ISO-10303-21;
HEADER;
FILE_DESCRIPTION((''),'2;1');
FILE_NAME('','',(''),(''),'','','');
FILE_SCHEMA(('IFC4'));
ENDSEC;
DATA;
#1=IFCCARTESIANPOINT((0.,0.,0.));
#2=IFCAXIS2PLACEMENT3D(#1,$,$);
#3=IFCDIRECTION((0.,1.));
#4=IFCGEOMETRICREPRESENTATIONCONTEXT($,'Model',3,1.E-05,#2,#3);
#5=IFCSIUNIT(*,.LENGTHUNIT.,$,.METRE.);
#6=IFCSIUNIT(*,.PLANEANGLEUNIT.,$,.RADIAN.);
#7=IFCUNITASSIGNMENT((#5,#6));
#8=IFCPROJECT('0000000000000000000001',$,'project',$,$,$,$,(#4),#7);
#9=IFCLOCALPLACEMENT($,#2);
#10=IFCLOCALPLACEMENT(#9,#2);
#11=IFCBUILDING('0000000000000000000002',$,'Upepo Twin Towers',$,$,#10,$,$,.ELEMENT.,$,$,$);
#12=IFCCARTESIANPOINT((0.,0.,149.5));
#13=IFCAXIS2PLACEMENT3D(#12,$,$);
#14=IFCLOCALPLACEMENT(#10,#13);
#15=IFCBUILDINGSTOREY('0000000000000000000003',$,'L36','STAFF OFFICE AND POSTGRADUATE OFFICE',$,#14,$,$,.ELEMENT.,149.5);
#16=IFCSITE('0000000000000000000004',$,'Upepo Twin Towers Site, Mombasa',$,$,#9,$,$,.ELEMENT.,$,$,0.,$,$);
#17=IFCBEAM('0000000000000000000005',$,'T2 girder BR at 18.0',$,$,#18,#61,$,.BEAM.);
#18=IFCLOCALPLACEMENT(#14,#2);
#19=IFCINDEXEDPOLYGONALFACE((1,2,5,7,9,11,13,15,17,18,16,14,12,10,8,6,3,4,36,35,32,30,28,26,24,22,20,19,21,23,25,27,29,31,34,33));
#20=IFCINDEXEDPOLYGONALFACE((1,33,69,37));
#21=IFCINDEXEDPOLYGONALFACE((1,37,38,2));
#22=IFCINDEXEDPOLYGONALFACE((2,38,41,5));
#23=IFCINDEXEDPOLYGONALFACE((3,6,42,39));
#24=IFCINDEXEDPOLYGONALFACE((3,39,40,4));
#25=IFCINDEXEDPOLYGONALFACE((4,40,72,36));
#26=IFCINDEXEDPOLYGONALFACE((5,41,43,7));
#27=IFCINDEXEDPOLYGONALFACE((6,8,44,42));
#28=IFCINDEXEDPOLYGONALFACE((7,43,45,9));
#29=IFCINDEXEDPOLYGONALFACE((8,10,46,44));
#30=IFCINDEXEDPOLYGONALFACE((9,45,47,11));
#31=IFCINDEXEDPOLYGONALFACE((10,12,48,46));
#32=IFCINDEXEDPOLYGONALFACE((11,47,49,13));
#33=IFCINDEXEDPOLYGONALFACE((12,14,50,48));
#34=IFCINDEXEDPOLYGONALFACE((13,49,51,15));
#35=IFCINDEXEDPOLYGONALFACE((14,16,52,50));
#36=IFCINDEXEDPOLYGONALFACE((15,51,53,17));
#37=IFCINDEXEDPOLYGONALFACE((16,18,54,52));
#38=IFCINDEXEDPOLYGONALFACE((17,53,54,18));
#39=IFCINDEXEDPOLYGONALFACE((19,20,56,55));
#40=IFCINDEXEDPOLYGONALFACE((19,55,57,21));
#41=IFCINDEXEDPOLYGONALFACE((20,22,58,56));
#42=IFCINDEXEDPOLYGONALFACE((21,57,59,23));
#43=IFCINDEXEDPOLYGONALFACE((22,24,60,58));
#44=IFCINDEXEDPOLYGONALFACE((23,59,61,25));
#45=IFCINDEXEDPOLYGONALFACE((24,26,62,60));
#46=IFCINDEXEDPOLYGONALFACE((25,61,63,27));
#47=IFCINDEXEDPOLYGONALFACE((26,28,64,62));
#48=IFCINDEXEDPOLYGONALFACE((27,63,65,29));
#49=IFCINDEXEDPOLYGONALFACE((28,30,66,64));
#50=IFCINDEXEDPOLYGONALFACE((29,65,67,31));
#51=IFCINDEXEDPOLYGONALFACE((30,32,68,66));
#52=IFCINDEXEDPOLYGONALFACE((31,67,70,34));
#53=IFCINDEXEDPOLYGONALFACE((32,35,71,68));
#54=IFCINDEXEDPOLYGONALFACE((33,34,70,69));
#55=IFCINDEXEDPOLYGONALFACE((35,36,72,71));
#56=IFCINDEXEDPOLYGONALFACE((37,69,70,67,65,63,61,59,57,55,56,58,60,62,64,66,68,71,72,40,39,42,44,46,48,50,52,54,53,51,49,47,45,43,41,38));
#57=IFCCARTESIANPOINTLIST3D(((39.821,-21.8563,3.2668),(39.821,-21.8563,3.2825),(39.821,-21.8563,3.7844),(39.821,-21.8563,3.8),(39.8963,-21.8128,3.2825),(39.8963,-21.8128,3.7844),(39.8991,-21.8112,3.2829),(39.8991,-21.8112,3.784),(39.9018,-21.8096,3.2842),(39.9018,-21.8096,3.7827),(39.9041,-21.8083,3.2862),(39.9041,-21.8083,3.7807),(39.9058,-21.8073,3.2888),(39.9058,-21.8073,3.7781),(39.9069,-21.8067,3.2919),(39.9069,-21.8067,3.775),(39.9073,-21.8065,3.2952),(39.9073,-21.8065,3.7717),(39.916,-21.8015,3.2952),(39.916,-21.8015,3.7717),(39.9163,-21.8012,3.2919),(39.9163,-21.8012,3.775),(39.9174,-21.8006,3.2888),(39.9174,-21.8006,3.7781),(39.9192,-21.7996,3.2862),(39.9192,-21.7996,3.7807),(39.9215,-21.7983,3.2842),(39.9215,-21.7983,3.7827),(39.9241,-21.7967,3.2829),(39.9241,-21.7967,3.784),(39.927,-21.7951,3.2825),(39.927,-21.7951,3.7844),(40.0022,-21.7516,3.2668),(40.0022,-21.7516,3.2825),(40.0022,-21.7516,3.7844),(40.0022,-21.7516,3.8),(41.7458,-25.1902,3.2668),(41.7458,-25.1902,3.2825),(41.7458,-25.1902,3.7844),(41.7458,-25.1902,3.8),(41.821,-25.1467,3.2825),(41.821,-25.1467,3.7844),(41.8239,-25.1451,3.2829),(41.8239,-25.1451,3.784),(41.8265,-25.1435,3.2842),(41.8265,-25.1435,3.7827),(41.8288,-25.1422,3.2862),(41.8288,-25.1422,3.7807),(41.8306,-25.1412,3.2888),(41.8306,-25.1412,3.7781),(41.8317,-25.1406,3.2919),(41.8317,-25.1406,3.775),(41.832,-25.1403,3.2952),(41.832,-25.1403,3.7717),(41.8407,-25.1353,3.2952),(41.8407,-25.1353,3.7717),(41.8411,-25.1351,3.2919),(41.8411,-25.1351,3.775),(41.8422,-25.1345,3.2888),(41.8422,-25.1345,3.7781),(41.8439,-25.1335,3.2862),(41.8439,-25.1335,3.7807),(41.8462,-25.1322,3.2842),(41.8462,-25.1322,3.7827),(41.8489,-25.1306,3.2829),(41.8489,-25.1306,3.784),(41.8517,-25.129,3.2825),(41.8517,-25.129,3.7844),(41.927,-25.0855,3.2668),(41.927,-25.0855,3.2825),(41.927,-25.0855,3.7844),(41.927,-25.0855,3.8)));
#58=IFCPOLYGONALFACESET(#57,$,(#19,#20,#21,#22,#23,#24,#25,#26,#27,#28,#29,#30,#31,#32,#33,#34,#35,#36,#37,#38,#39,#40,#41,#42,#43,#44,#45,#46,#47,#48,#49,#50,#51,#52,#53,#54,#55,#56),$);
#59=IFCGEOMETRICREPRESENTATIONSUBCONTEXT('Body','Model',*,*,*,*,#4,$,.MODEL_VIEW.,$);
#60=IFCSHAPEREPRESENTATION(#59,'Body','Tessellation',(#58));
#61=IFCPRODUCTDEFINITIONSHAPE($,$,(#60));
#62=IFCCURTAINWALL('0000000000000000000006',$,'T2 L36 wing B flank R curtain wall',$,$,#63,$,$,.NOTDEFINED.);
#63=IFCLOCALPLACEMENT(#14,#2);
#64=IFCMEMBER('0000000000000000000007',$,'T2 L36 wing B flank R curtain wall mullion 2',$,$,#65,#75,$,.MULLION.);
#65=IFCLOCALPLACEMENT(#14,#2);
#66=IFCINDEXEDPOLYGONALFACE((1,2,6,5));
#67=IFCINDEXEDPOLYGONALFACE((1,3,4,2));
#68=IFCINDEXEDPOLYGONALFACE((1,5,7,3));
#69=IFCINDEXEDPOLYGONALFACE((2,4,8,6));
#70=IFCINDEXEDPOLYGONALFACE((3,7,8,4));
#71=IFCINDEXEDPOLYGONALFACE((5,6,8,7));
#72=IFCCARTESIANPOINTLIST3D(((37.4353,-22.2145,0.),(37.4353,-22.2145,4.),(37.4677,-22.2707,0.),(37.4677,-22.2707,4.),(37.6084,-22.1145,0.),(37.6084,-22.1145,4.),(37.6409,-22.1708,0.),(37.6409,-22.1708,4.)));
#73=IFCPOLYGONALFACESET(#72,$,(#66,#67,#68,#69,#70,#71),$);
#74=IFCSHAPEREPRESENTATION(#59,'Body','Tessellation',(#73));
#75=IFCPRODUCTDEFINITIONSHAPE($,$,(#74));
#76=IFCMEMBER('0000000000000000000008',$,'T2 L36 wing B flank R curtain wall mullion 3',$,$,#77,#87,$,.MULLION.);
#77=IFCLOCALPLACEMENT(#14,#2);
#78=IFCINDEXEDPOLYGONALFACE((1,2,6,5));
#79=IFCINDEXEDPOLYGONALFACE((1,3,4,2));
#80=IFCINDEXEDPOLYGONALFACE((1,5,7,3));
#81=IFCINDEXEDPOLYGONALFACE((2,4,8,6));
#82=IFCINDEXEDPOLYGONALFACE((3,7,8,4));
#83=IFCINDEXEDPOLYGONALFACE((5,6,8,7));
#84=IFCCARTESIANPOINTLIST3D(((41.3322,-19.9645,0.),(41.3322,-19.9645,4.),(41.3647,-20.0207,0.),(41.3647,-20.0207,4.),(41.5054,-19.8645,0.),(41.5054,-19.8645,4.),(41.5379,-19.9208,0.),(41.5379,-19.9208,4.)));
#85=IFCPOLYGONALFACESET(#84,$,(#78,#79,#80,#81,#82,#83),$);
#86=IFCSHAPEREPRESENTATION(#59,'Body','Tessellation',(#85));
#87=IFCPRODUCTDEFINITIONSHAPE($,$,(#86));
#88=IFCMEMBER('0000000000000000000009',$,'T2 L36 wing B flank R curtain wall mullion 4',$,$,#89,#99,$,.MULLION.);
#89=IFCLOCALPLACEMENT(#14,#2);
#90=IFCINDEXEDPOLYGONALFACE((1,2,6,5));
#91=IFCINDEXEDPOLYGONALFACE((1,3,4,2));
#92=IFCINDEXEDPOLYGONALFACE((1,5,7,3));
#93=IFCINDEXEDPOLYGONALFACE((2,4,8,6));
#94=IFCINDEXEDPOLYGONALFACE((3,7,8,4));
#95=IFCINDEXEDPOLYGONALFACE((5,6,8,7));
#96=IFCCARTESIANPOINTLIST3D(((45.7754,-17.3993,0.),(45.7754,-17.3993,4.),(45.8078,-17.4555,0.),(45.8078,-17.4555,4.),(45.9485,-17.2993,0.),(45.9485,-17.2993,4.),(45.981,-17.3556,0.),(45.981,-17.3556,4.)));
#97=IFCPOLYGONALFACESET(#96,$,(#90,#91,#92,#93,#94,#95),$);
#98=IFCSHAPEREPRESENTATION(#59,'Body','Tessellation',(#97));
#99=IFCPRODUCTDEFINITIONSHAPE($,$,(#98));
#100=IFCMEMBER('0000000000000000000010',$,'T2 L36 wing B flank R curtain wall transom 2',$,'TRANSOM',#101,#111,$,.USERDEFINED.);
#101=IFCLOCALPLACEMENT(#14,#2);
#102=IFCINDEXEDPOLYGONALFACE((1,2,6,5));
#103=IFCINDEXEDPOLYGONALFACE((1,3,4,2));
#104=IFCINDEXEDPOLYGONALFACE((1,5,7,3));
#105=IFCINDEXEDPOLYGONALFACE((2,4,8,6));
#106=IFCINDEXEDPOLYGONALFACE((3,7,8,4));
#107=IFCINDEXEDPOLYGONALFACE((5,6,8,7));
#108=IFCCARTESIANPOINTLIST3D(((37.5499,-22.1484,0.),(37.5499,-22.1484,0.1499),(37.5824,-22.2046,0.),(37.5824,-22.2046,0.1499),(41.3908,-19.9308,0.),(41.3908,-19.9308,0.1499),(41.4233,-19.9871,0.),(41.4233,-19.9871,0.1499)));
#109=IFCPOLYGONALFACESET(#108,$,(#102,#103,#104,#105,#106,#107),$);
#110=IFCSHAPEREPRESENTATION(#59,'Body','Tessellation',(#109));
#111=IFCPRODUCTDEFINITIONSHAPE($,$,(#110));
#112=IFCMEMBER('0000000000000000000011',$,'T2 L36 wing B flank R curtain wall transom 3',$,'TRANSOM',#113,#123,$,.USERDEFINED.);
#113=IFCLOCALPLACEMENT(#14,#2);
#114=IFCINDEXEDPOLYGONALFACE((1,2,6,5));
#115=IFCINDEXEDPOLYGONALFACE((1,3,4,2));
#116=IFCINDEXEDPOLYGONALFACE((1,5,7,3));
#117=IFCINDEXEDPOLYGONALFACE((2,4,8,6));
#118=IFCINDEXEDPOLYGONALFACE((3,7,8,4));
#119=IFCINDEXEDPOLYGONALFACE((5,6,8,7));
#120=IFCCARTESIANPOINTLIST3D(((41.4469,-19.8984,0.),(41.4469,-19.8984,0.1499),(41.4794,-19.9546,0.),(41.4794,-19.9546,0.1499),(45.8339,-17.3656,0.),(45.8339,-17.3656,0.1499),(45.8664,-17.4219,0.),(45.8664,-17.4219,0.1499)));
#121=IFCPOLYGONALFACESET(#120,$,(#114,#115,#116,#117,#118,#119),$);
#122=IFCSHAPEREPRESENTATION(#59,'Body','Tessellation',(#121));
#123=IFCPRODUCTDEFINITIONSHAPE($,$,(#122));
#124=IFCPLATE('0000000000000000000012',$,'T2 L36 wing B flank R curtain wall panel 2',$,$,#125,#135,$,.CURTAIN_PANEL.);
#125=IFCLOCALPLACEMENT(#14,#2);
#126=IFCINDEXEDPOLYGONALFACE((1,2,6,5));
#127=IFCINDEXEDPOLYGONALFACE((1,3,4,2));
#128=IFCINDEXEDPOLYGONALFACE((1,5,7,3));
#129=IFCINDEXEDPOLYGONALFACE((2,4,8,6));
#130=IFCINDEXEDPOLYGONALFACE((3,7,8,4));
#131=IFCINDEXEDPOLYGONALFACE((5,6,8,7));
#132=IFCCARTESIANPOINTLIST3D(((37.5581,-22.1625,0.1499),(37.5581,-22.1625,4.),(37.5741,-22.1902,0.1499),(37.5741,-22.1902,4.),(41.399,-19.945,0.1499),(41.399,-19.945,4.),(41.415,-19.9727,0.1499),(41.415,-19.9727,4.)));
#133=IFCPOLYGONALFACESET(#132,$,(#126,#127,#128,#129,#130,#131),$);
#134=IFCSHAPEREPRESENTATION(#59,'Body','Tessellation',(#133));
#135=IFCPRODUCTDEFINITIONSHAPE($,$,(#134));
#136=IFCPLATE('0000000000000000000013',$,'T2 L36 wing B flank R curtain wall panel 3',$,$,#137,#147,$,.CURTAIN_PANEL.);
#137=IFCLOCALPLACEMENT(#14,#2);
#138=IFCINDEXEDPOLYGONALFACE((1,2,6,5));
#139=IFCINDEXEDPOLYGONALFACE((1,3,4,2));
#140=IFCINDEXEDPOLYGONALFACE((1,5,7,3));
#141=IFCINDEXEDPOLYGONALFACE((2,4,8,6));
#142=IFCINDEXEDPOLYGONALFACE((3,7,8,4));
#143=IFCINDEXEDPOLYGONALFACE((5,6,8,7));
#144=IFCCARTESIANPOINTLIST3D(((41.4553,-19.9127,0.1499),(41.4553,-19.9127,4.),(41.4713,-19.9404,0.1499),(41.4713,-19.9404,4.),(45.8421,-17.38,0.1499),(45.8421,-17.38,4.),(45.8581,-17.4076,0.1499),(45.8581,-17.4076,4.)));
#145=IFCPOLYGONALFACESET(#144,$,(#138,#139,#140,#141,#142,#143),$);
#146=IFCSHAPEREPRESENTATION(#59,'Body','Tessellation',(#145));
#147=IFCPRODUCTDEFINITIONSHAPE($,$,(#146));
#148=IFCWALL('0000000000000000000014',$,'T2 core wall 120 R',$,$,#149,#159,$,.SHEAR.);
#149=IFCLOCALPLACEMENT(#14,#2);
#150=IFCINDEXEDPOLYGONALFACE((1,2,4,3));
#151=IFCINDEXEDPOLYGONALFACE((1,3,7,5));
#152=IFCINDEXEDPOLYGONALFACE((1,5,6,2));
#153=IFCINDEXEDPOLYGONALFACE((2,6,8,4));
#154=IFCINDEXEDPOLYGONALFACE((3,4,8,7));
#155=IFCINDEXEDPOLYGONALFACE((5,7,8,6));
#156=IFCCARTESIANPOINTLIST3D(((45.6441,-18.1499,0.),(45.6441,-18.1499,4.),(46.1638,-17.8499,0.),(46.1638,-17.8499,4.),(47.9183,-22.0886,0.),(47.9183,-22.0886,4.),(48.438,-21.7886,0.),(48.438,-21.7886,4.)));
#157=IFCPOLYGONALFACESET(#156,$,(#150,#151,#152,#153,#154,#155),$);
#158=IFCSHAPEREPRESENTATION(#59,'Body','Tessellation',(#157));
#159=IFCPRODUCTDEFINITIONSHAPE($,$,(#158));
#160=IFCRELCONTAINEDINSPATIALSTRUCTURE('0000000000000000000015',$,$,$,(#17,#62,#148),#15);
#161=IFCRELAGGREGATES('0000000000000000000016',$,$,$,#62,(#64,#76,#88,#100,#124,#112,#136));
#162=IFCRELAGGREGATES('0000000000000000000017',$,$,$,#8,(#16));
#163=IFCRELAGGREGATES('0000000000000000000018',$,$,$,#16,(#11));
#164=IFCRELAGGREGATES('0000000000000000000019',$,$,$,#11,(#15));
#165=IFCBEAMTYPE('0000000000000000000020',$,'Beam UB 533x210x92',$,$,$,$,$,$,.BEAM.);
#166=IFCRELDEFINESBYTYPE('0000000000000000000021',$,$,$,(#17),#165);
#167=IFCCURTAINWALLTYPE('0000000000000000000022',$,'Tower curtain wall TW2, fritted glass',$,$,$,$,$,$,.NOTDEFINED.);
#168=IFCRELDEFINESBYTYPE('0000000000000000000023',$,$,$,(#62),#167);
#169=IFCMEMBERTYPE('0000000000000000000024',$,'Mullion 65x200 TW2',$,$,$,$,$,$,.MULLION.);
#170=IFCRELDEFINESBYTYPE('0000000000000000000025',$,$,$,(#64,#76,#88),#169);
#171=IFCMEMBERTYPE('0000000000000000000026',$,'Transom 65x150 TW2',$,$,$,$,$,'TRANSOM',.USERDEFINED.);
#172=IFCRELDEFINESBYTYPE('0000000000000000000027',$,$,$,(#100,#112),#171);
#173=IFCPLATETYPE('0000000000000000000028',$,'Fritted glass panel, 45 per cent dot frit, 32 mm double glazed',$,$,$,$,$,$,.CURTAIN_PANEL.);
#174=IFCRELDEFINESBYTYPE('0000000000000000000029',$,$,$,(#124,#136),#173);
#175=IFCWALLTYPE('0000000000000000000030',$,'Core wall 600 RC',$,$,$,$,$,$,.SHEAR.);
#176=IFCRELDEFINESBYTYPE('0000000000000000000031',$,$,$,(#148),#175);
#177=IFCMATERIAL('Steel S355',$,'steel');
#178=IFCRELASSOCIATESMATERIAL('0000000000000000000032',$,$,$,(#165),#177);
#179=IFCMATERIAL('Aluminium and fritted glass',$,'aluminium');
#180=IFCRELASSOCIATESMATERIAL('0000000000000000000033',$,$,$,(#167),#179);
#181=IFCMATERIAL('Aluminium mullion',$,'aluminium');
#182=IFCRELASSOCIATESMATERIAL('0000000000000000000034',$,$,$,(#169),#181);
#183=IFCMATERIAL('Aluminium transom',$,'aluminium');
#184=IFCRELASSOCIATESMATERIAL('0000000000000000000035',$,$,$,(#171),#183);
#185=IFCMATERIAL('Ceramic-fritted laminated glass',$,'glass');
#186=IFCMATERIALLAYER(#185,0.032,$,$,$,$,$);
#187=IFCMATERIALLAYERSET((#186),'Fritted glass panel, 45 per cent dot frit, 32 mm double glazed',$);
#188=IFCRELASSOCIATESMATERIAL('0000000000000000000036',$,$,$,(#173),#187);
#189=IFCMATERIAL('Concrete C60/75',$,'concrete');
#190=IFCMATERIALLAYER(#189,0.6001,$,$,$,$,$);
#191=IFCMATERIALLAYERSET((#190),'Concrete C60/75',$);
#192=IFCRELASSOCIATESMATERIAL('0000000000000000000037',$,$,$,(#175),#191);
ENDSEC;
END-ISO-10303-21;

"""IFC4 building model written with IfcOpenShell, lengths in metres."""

from ifc_helpers import new_model, si_unit, direction, frame, frame_2d, origin, origin_2d, place, context, subcontext, project, spatial, rectangle, i_section, extrude, material, layer, layer_set, material_profile, profile_set, type_object, element, aggregate, save


model = new_model("IFC4")

# Units and contexts
model_context = context("Model", 3, precision=1e-05, world=origin(), true_north=direction((0.0, 1.0)))
body_context = subcontext(model_context, "Body", "Model", "MODEL_VIEW")
ifc_project = project(units=[si_unit("LENGTHUNIT", "METRE"), si_unit("PLANEANGLEUNIT", "RADIAN")], contexts=[model_context])

# Site, building, storey
site_placement = place(None, origin())
site = spatial("IfcSite", under=ifc_project, at=site_placement, Name="Upepo Twin Towers Site, Mombasa", CompositionType="ELEMENT", RefElevation=0.0)
building_placement = place(site_placement, origin())
building = spatial("IfcBuilding", under=site, at=building_placement, Name="Upepo Twin Towers", CompositionType="ELEMENT")
storey_placement = place(building_placement, frame((0.0, 0.0, 149.5)))
storey = spatial("IfcBuildingStorey", under=building, at=storey_placement, Name="L36", Description="STAFF OFFICE AND POSTGRADUATE OFFICE", CompositionType="ELEMENT", Elevation=149.5)

# Beam
ifc_material_1 = material(Name="Steel S355", Category="steel")
ifc_material_profile_1 = material_profile(ifc_material_1, i_section(OverallWidth=0.2092, OverallDepth=0.5332, WebThickness=0.01, FlangeThickness=0.0156, FilletRadius=0.0127, at=origin_2d()), Name="UB 533x210x92")
ifc_profile_set_1 = profile_set([ifc_material_profile_1], Name="Steel S355")
beam_type_1 = type_object("IfcBeamType", Name="Beam UB 533x210x92", PredefinedType="BEAM", material=ifc_profile_set_1)
beam_1_placement = place(storey_placement, frame((39.9116, -21.804, 3.5334), z_axis=(0.499986, -0.866034, 0.0), x_axis=(0.866034, 0.499986, 0.0)))
element("IfcBeam", 1, at=beam_1_placement, inside=storey, type_object=beam_type_1, Name="T2 girder BR at 18.0", PredefinedType="BEAM", context=body_context, shape_type="SweptSolid", body=[
    extrude(i_section(OverallWidth=0.2092, OverallDepth=0.5332, WebThickness=0.01, FlangeThickness=0.0156, FilletRadius=0.0127, at=origin_2d()), origin(), (0.0, 0.0, 1.0), 3.8496),
])

# Curtain wall, members, plates
ifc_material_2 = material(Name="Aluminium and fritted glass", Category="aluminium")
curtain_wall_type = type_object("IfcCurtainWallType", Name="Tower curtain wall TW2, fritted glass", PredefinedType="NOTDEFINED", material=ifc_material_2)
curtain_wall_placement = place(storey_placement, origin())
curtain_wall = element("IfcCurtainWall", 2, at=curtain_wall_placement, inside=storey, type_object=curtain_wall_type, Name="T2 L36 wing B flank R curtain wall", PredefinedType="NOTDEFINED")
ifc_material_3 = material(Name="Aluminium mullion", Category="aluminium")
ifc_material_profile_2 = material_profile(ifc_material_3, rectangle(XDim=0.0649, YDim=0.2, at=origin_2d()), Name="MULLION 65x200")
ifc_profile_set_2 = profile_set([ifc_material_profile_2], Name="Aluminium mullion")
member_type_1 = type_object("IfcMemberType", Name="Mullion 65x200 TW2", PredefinedType="MULLION", material=ifc_profile_set_2)
member_1_placement = place(storey_placement, frame((37.5381, -22.1926, 0.0), z_axis=(0.0, 0.0, 1.0), x_axis=(-0.5, 0.866025, 0.0)))
member_1 = element("IfcMember", 3, at=member_1_placement, type_object=member_type_1, Name="T2 L36 wing B flank R curtain wall mullion 2", PredefinedType="MULLION", context=body_context, shape_type="SweptSolid", body=[
    extrude(rectangle(XDim=0.0649, YDim=0.2, at=origin_2d()), origin(), (0.0, 0.0, 1.0), 4.0),
])
member_2_placement = place(storey_placement, frame((41.4351, -19.9426, 0.0), z_axis=(0.0, 0.0, 1.0), x_axis=(-0.5, 0.866025, 0.0)))
member_2 = element("IfcMember", 4, at=member_2_placement, type_object=member_type_1, Name="T2 L36 wing B flank R curtain wall mullion 3", PredefinedType="MULLION", context=body_context, shape_type="SweptSolid", body=[
    extrude(rectangle(XDim=0.0649, YDim=0.2, at=origin_2d()), origin(), (0.0, 0.0, 1.0), 4.0),
])
member_3_placement = place(storey_placement, frame((45.8782, -17.3774, 0.0), z_axis=(0.0, 0.0, 1.0), x_axis=(-0.5, 0.866025, 0.0)))
member_3 = element("IfcMember", 5, at=member_3_placement, type_object=member_type_1, Name="T2 L36 wing B flank R curtain wall mullion 4", PredefinedType="MULLION", context=body_context, shape_type="SweptSolid", body=[
    extrude(rectangle(XDim=0.0649, YDim=0.2, at=origin_2d()), origin(), (0.0, 0.0, 1.0), 4.0),
])
ifc_material_4 = material(Name="Aluminium transom", Category="aluminium")
ifc_material_profile_3 = material_profile(ifc_material_4, rectangle(XDim=0.0649, YDim=0.1499, at=origin_2d()), Name="TRANSOM 65x150")
ifc_profile_set_3 = profile_set([ifc_material_profile_3], Name="Aluminium transom")
member_type_2 = type_object("IfcMemberType", Name="Transom 65x150 TW2", ElementType="TRANSOM", PredefinedType="USERDEFINED", material=ifc_profile_set_3)
member_4_placement = place(storey_placement, frame((37.5662, -22.1765, 0.075), z_axis=(0.866022, 0.500005, 0.0), x_axis=(-0.500005, 0.866022, 0.0)))
member_4 = element("IfcMember", 6, at=member_4_placement, type_object=member_type_2, Name="T2 L36 wing B flank R curtain wall transom 2", ObjectType="TRANSOM", PredefinedType="USERDEFINED", context=body_context, shape_type="SweptSolid", body=[
    extrude(rectangle(XDim=0.0649, YDim=0.1499, at=origin_2d()), origin(), (0.0, 0.0, 1.0), 4.4351),
])
member_5_placement = place(storey_placement, frame((41.4631, -19.9265, 0.075), z_axis=(0.866034, 0.499985, 0.0), x_axis=(-0.499985, 0.866034, 0.0)))
member_5 = element("IfcMember", 7, at=member_5_placement, type_object=member_type_2, Name="T2 L36 wing B flank R curtain wall transom 3", ObjectType="TRANSOM", PredefinedType="USERDEFINED", context=body_context, shape_type="SweptSolid", body=[
    extrude(rectangle(XDim=0.0649, YDim=0.1499, at=origin_2d()), origin(), (0.0, 0.0, 1.0), 5.0657),
])
ifc_material_5 = material(Name="Ceramic-fritted laminated glass", Category="glass")
ifc_layer_1 = layer(ifc_material_5, 0.032)
ifc_layer_set_1 = layer_set([ifc_layer_1], Name="Fritted glass panel, 45 per cent dot frit, 32 mm double glazed")
plate_type = type_object("IfcPlateType", Name="Fritted glass panel, 45 per cent dot frit, 32 mm double glazed", PredefinedType="CURTAIN_PANEL", material=ifc_layer_set_1)
plate_1_placement = place(storey_placement, frame((39.4866, -21.0676, 0.1499), z_axis=(0.0, 0.0, 1.0), x_axis=(0.866025, 0.5, 0.0)))
plate_1 = element("IfcPlate", 8, at=plate_1_placement, type_object=plate_type, Name="T2 L36 wing B flank R curtain wall panel 2", PredefinedType="CURTAIN_PANEL", context=body_context, shape_type="SweptSolid", body=[
    extrude(rectangle(XDim=4.4351, YDim=0.032, at=origin_2d()), origin(), (0.0, 0.0, 1.0), 3.8501),
])
plate_2_placement = place(storey_placement, frame((43.6567, -18.6602, 0.1499), z_axis=(0.0, 0.0, 1.0), x_axis=(0.866025, 0.5, 0.0)))
plate_2 = element("IfcPlate", 9, at=plate_2_placement, type_object=plate_type, Name="T2 L36 wing B flank R curtain wall panel 3", PredefinedType="CURTAIN_PANEL", context=body_context, shape_type="SweptSolid", body=[
    extrude(rectangle(XDim=5.0654, YDim=0.032, at=origin_2d()), origin(), (0.0, 0.0, 1.0), 3.8501),
])
aggregate(curtain_wall, [member_1, member_2, member_3, member_4, plate_1, member_5, plate_2])

# Wall
ifc_material_6 = material(Name="Concrete C60/75", Category="concrete")
ifc_layer_2 = layer(ifc_material_6, 0.6001)
ifc_layer_set_2 = layer_set([ifc_layer_2], Name="Concrete C60/75")
wall_type = type_object("IfcWallType", Name="Core wall 600 RC", PredefinedType="SHEAR", material=ifc_layer_set_2)
wall_1_placement = place(storey_placement, frame((45.9041, -18.0, 0.0), z_axis=(0.0, 0.0, 1.0), x_axis=(0.500024, -0.866011, 0.0)))
element("IfcWall", 10, at=wall_1_placement, inside=storey, type_object=wall_type, Name="T2 core wall 120 R", PredefinedType="SHEAR", context=body_context, shape_type="SweptSolid", body=[
    extrude(rectangle(XDim=4.5481, YDim=0.6001, at=frame_2d((2.2739, 0.0))), origin(), (0.0, 0.0, 1.0), 4.0),
])

save(model, "model.ifc")
